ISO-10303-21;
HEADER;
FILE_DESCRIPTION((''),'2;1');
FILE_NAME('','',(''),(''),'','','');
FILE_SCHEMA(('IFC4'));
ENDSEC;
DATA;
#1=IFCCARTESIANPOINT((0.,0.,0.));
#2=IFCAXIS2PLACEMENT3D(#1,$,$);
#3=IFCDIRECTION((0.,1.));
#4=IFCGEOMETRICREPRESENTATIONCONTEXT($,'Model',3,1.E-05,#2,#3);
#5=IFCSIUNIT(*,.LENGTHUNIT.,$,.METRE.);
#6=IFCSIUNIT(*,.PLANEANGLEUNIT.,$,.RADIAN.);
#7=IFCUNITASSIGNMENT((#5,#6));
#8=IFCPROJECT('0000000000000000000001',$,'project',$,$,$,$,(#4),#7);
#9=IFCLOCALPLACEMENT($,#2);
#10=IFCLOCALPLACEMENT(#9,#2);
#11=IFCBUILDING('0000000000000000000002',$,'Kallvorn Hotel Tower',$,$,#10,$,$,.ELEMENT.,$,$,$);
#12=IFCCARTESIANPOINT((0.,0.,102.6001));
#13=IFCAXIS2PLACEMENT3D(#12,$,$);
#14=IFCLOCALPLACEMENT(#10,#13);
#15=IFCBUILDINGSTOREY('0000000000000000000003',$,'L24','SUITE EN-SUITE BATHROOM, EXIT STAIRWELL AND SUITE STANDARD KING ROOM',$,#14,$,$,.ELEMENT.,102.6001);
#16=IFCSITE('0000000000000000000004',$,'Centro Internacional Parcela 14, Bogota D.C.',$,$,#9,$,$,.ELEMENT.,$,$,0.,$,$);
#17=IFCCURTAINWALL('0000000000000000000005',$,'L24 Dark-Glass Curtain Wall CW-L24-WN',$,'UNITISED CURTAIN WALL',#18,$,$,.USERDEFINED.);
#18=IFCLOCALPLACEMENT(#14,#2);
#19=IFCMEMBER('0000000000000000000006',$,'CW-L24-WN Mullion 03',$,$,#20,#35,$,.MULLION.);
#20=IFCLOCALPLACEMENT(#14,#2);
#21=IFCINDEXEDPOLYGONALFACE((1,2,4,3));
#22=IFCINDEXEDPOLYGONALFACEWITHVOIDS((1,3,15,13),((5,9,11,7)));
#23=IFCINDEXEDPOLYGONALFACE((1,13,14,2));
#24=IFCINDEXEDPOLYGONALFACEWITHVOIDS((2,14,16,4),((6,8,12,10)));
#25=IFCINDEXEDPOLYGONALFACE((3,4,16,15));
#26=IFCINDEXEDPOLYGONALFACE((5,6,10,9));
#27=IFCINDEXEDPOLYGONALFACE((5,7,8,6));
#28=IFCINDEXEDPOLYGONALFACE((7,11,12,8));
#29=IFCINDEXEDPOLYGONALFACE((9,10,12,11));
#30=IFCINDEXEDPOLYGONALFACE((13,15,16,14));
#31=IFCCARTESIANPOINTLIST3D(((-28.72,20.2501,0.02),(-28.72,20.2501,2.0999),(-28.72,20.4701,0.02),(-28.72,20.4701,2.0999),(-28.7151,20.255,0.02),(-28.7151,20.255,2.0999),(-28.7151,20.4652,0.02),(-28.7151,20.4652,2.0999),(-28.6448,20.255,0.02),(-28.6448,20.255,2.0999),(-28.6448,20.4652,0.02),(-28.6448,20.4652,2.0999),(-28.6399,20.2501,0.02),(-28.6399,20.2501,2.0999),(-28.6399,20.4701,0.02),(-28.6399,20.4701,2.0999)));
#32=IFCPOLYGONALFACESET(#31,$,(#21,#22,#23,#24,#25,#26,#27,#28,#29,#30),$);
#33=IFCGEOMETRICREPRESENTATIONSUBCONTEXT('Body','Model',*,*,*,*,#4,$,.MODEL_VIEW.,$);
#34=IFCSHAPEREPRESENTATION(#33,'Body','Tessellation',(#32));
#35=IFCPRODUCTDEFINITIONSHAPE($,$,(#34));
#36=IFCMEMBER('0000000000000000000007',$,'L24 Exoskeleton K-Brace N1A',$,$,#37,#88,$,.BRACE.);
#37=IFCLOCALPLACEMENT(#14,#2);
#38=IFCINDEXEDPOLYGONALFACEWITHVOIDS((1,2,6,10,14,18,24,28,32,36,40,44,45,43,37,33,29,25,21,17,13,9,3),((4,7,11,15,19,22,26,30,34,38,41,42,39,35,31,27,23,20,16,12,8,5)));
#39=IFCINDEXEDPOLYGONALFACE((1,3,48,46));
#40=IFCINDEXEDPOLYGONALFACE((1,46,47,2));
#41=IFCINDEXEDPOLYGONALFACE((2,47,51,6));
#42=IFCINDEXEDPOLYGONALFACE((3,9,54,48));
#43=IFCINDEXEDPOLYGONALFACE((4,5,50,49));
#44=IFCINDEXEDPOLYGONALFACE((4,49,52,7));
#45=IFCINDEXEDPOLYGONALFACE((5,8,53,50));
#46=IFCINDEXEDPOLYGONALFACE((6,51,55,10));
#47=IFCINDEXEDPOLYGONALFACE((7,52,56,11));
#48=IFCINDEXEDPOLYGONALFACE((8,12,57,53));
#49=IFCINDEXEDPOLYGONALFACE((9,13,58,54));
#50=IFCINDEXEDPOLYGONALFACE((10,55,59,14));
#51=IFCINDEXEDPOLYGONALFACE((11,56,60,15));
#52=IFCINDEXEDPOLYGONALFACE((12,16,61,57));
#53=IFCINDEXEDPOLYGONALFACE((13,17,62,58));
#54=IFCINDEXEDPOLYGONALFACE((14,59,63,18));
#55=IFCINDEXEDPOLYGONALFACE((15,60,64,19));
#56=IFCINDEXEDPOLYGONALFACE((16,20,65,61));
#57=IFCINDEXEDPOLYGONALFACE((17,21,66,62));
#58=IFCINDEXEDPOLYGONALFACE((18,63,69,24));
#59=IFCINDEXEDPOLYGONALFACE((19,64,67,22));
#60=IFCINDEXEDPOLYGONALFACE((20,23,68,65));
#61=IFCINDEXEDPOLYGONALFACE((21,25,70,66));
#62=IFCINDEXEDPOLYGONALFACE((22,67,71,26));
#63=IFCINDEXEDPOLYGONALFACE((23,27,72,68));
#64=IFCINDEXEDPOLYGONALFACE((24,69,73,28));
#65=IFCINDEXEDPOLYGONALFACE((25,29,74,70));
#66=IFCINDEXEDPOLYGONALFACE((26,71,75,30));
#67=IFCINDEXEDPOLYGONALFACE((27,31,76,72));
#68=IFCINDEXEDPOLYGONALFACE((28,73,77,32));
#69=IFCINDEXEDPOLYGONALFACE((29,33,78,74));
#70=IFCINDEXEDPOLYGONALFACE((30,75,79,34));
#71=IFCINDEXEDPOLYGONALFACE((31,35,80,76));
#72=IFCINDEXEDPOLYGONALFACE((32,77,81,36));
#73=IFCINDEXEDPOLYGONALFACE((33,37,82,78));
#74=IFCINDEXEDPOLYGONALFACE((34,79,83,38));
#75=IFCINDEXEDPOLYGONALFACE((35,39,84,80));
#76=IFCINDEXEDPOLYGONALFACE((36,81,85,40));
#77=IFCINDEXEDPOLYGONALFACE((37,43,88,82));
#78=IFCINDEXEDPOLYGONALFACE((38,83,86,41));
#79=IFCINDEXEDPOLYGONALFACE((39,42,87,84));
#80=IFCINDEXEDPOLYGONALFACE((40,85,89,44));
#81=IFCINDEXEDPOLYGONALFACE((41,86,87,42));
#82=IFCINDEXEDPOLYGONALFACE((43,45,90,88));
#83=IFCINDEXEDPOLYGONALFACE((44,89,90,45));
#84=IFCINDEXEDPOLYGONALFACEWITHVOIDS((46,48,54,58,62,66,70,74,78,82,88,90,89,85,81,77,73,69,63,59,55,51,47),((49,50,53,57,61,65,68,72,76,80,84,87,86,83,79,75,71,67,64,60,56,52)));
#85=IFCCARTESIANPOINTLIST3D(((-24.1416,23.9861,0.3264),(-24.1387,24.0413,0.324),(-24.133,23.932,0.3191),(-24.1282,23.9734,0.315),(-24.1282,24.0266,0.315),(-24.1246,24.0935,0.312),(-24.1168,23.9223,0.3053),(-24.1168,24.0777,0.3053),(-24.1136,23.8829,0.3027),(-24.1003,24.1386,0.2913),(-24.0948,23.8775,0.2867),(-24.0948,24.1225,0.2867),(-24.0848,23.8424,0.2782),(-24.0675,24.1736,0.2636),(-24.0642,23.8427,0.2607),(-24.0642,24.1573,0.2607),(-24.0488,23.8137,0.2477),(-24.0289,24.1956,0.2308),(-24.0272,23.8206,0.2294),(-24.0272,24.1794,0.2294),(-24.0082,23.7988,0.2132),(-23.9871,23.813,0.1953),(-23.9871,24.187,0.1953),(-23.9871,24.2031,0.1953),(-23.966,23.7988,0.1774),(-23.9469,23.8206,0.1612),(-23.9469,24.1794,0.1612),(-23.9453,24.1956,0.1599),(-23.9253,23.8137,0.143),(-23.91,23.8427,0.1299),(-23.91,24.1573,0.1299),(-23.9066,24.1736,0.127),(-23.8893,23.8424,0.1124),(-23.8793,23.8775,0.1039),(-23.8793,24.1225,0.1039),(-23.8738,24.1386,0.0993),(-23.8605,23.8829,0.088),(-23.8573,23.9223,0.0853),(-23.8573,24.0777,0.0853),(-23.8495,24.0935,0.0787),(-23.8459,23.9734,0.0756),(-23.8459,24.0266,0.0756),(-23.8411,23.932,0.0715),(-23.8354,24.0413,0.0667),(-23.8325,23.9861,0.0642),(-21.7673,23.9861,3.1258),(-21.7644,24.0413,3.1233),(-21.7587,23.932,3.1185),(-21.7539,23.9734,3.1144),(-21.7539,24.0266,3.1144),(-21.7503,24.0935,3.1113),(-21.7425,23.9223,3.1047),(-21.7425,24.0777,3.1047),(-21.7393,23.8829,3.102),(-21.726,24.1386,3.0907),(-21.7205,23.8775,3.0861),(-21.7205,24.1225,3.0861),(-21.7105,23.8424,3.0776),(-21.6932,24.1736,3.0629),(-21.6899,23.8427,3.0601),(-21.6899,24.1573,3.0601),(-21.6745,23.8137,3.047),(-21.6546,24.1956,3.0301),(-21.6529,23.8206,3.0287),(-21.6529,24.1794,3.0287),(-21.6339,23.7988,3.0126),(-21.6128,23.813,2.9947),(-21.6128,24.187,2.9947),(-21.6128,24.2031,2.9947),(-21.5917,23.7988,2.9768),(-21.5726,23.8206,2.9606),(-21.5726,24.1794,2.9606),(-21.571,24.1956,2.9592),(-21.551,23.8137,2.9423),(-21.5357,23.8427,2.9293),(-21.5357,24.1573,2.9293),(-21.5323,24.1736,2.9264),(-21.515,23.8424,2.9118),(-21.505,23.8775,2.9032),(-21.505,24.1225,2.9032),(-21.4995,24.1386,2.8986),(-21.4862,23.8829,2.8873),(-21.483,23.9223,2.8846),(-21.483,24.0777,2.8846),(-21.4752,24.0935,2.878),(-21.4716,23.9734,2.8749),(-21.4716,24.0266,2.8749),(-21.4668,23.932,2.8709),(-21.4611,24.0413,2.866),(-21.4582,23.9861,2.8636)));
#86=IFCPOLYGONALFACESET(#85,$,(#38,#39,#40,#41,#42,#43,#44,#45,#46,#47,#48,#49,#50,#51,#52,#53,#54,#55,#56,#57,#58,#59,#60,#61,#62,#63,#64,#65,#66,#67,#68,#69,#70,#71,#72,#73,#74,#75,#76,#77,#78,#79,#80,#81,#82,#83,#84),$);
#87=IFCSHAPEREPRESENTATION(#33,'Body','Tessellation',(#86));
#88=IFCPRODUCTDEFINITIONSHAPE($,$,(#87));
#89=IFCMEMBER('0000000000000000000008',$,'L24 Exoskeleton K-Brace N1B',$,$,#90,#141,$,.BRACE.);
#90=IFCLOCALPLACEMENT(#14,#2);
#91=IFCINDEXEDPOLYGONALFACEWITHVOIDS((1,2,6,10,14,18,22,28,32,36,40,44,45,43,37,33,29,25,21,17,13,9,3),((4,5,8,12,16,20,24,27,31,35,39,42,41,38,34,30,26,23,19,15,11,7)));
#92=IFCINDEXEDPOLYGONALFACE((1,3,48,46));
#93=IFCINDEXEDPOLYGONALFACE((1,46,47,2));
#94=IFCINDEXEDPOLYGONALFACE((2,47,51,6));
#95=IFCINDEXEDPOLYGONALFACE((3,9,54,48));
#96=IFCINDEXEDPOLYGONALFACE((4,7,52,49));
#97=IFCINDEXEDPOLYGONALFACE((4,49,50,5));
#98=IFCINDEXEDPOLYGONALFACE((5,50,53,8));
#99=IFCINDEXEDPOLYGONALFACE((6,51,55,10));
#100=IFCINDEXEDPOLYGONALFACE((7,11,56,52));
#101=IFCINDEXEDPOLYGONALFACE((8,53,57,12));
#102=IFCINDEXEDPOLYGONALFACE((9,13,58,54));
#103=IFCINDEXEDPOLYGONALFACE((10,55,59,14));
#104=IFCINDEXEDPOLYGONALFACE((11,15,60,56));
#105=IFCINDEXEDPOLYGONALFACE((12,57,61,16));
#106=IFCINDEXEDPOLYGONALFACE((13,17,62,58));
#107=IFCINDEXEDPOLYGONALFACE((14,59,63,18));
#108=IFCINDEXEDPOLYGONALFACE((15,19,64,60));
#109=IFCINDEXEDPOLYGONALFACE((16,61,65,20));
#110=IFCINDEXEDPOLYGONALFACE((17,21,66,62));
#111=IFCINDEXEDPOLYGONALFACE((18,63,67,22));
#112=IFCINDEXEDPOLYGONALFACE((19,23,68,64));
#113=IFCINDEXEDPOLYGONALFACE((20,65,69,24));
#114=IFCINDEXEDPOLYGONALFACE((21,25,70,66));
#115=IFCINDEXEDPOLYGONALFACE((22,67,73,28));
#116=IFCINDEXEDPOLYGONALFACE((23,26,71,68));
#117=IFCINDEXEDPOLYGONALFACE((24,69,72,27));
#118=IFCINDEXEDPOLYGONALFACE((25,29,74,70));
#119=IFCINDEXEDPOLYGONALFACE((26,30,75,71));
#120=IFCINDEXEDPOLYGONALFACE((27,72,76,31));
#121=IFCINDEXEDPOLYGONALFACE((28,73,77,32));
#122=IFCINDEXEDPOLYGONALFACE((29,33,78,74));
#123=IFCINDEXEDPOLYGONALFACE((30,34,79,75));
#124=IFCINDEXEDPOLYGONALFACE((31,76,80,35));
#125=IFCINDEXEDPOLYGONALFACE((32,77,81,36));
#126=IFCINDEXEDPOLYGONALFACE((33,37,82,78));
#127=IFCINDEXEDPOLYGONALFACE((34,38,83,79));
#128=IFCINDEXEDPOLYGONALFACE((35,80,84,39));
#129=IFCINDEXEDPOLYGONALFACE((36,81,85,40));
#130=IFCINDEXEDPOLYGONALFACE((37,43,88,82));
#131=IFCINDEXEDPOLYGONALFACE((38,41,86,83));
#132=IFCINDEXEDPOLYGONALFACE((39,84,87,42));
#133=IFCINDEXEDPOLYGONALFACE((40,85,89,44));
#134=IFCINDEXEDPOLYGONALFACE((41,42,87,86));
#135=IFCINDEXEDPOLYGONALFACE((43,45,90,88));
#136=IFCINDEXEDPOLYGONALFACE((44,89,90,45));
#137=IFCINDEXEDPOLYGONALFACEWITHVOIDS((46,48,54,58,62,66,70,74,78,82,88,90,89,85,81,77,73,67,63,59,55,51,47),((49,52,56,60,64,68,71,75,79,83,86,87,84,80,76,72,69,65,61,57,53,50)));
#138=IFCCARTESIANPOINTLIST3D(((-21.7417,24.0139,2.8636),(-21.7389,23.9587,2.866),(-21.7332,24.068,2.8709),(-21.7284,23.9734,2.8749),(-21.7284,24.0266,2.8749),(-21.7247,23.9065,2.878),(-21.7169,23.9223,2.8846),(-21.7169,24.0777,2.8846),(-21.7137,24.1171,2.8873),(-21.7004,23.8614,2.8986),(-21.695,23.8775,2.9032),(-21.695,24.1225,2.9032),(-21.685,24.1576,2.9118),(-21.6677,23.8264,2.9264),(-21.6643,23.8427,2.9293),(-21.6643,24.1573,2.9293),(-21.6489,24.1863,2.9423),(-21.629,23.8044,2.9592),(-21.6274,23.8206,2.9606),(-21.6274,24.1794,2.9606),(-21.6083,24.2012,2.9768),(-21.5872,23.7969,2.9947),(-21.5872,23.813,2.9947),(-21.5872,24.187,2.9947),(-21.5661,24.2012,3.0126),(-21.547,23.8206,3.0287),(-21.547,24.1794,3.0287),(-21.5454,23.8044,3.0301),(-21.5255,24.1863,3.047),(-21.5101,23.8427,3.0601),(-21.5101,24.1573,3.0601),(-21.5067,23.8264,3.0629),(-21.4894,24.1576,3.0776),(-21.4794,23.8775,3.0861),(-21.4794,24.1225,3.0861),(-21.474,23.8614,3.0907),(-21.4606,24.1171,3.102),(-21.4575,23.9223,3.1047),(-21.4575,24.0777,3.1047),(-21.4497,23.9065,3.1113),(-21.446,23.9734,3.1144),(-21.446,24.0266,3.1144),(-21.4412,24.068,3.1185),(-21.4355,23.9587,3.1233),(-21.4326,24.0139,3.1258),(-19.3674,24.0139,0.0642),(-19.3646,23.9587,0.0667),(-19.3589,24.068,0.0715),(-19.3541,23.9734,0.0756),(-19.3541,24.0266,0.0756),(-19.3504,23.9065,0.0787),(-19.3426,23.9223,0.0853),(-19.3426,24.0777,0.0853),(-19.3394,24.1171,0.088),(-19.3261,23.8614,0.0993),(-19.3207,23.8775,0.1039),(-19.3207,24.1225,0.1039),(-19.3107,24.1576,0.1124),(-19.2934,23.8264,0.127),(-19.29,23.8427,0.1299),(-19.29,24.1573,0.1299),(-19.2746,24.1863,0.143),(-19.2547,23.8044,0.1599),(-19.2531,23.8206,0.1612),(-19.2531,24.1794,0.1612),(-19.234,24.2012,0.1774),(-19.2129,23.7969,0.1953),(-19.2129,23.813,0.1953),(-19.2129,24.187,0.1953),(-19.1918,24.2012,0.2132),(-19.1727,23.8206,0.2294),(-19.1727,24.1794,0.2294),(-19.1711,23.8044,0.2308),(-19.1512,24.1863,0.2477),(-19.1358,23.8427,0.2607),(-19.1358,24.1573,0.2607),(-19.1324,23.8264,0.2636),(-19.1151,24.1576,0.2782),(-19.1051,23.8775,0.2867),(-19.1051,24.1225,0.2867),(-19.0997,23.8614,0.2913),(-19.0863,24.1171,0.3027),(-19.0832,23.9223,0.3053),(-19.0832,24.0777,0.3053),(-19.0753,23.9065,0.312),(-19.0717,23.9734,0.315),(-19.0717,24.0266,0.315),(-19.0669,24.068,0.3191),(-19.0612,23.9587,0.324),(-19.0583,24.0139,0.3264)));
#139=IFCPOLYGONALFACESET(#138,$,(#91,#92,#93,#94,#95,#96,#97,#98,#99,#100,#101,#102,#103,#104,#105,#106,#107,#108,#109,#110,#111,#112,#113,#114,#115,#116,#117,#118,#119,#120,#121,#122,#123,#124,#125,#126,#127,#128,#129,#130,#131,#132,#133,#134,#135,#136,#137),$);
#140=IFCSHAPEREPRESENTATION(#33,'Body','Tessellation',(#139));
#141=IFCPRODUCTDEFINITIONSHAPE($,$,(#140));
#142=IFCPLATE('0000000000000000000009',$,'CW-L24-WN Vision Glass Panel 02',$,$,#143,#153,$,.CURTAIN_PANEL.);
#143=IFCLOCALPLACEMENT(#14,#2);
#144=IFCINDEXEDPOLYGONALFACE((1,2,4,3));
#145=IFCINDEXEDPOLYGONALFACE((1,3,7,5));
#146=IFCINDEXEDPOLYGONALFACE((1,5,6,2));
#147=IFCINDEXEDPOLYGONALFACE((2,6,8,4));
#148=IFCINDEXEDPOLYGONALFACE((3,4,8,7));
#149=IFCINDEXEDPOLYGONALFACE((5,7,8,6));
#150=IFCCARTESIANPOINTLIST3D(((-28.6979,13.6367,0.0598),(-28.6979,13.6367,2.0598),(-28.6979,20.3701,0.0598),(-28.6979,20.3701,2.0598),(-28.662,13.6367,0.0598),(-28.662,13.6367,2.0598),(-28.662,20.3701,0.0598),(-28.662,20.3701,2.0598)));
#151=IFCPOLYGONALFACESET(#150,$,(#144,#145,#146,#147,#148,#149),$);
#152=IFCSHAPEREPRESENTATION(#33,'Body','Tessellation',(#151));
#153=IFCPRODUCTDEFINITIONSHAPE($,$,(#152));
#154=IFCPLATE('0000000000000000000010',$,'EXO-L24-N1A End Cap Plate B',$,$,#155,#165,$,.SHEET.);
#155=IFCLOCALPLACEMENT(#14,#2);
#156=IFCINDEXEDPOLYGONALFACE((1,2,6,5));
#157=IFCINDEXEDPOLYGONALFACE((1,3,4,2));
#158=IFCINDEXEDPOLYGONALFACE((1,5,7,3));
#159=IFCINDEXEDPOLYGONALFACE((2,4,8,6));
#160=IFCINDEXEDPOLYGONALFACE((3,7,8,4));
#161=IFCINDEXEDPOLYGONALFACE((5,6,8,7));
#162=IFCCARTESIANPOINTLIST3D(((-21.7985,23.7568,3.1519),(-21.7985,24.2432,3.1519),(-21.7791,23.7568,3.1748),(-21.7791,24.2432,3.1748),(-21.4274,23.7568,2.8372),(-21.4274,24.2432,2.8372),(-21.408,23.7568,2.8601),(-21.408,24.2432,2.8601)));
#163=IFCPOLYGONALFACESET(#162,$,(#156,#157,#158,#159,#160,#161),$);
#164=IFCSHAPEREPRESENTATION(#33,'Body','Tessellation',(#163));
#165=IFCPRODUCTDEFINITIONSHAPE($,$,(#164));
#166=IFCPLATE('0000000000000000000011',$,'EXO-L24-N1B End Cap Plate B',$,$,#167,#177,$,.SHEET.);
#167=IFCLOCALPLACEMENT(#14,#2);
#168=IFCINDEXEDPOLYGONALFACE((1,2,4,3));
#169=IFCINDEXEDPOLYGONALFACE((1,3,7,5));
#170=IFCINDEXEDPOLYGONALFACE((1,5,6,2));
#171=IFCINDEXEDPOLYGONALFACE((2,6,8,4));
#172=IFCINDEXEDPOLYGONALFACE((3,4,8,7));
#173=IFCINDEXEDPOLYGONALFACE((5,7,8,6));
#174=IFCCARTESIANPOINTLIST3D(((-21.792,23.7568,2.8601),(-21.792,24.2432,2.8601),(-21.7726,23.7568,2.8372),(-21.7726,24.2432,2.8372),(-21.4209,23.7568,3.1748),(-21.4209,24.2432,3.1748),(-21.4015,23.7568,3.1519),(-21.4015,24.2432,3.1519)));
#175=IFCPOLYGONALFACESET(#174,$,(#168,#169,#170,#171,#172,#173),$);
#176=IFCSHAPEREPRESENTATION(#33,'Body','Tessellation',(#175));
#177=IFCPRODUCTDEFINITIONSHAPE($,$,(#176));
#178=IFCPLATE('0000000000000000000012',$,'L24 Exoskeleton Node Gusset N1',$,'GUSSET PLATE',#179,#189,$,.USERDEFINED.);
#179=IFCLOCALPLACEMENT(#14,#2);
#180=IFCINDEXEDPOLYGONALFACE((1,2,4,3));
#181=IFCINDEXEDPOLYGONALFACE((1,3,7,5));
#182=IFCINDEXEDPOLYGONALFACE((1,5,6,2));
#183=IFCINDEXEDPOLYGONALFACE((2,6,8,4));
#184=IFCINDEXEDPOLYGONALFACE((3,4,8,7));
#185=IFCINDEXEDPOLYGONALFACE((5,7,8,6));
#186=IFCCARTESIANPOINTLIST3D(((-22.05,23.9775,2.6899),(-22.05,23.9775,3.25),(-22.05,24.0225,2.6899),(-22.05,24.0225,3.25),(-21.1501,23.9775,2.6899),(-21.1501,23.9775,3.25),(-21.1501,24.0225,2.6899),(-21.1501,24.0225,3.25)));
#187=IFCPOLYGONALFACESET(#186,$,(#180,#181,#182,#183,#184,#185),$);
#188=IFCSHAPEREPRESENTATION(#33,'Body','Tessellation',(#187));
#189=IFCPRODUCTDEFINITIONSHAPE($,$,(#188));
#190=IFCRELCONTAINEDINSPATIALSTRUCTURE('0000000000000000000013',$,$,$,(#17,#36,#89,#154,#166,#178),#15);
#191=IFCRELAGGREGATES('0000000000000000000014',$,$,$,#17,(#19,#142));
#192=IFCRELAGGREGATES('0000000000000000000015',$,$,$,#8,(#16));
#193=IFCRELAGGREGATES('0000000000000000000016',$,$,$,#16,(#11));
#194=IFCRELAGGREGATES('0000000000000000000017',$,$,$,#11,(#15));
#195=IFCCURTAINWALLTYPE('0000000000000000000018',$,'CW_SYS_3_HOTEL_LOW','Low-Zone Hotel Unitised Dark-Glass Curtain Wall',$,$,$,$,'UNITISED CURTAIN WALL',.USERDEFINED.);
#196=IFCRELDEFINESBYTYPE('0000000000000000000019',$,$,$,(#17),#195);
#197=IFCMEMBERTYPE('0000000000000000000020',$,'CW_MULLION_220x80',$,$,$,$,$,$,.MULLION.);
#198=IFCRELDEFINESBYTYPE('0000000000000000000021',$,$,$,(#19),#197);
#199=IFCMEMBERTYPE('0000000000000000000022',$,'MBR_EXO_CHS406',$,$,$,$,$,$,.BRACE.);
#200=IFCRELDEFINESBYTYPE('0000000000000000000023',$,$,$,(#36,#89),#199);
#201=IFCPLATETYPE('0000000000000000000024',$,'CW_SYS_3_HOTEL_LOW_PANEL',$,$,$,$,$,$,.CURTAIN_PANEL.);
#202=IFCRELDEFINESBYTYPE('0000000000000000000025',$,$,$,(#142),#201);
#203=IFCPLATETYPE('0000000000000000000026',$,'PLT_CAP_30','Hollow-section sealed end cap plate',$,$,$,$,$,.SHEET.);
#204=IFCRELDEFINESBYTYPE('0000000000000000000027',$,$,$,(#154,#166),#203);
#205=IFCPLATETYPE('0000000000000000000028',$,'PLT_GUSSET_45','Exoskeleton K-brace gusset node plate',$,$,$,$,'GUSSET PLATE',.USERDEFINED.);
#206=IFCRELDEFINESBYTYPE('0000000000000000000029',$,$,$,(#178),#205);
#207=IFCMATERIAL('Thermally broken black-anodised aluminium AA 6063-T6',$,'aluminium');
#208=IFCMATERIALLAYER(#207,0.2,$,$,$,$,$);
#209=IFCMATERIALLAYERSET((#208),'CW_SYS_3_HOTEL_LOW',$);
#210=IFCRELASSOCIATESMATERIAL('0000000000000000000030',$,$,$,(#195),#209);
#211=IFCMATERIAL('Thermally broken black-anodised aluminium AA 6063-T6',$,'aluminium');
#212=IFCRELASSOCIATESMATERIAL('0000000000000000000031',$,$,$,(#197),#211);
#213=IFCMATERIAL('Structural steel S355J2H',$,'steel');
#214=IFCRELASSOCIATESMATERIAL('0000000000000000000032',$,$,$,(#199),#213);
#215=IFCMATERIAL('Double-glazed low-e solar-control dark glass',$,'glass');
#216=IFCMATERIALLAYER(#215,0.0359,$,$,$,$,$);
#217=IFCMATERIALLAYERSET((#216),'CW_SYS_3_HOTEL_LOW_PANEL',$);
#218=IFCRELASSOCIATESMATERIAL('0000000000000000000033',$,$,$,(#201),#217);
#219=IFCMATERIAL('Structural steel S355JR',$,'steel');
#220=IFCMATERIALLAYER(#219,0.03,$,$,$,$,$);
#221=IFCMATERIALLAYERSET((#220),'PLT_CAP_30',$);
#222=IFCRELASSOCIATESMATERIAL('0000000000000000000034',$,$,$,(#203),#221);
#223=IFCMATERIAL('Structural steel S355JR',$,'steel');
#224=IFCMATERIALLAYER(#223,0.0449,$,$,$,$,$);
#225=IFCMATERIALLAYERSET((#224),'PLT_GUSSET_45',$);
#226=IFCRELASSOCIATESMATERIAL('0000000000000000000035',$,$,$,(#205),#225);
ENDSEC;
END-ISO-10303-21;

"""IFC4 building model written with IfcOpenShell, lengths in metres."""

from ifc_helpers import new_model, si_unit, direction, frame, origin, origin_2d, place, context, subcontext, project, spatial, polyline, rectangle, hollow_rectangle, hollow_circle, outline, extrude, material, layer, layer_set, material_profile, profile_set, type_object, element, aggregate, save


model = new_model("IFC4")

# Units and contexts
model_context = context("Model", 3, precision=1e-05, world=origin(), true_north=direction((0.0, 1.0)))
body_context = subcontext(model_context, "Body", "Model", "MODEL_VIEW")
ifc_project = project(units=[si_unit("LENGTHUNIT", "METRE"), si_unit("PLANEANGLEUNIT", "RADIAN")], contexts=[model_context])

# Site, building, storey
site_placement = place(None, origin())
site = spatial("IfcSite", under=ifc_project, at=site_placement, Name="Centro Internacional Parcela 14, Bogota D.C.", CompositionType="ELEMENT", RefElevation=0.0)
building_placement = place(site_placement, origin())
building = spatial("IfcBuilding", under=site, at=building_placement, Name="Kallvorn Hotel Tower", CompositionType="ELEMENT")
storey_placement = place(building_placement, frame((0.0, 0.0, 102.6001)))
storey = spatial("IfcBuildingStorey", under=building, at=storey_placement, Name="L24", Description="SUITE EN-SUITE BATHROOM, EXIT STAIRWELL AND SUITE STANDARD KING ROOM", CompositionType="ELEMENT", Elevation=102.6001)

# Curtain wall, member
ifc_material_1 = material(Name="Thermally broken black-anodised aluminium AA 6063-T6", Category="aluminium")
ifc_layer_1 = layer(ifc_material_1, 0.2)
ifc_layer_set_1 = layer_set([ifc_layer_1], Name="CW_SYS_3_HOTEL_LOW")
curtain_wall_type = type_object("IfcCurtainWallType", Name="CW_SYS_3_HOTEL_LOW", Description="Low-Zone Hotel Unitised Dark-Glass Curtain Wall", ElementType="UNITISED CURTAIN WALL", PredefinedType="USERDEFINED", material=ifc_layer_set_1)
curtain_wall_placement = place(storey_placement, origin())
curtain_wall = element("IfcCurtainWall", 1, at=curtain_wall_placement, inside=storey, type_object=curtain_wall_type, Name="L24 Dark-Glass Curtain Wall CW-L24-WN", ObjectType="UNITISED CURTAIN WALL", PredefinedType="USERDEFINED")
ifc_material_2 = material(Name="Thermally broken black-anodised aluminium AA 6063-T6", Category="aluminium")
ifc_material_profile_1 = material_profile(ifc_material_2, hollow_rectangle(XDim=0.0801, YDim=0.22, WallThickness=0.0049, at=origin_2d()), Name="MUL 220x80")
ifc_profile_set_1 = profile_set([ifc_material_profile_1], Name="Thermally broken black-anodised aluminium AA 6063-T6")
member_type_1 = type_object("IfcMemberType", Name="CW_MULLION_220x80", PredefinedType="MULLION", material=ifc_profile_set_1)
member_placement = place(storey_placement, frame((-28.6799, 20.3601, 0.02), z_axis=(0.0, 0.0, 1.0), x_axis=(1.0, 0.0, 0.0)))
member = element("IfcMember", 2, at=member_placement, type_object=member_type_1, Name="CW-L24-WN Mullion 03", PredefinedType="MULLION", context=body_context, shape_type="SweptSolid", body=[
    extrude(hollow_rectangle(XDim=0.0801, YDim=0.22, WallThickness=0.0049, at=origin_2d()), origin(), (0.0, 0.0, 1.0), 2.0798),
])

# Members
ifc_material_3 = material(Name="Structural steel S355J2H", Category="steel")
ifc_material_profile_2 = material_profile(ifc_material_3, hollow_circle(Radius=0.2031, WallThickness=0.0161, at=origin_2d()), Name="CHS 406.4x16")
ifc_profile_set_2 = profile_set([ifc_material_profile_2], Name="Structural steel S355J2H")
member_type_2 = type_object("IfcMemberType", Name="MBR_EXO_CHS406", PredefinedType="BRACE", material=ifc_profile_set_2)
for number, where, z_axis, x_axis, name in (
    (3, (-23.9871, 24.0, 0.1953), (0.646833, 0.0, 0.762631), (0.0, 1.0, 0.0), "L24 Exoskeleton K-Brace N1A"),
    (4, (-19.2129, 24.0, 0.1953), (-0.646833, 0.0, 0.762631), (0.0, -1.0, 0.0), "L24 Exoskeleton K-Brace N1B"),
):
    element("IfcMember", number, at=place(storey_placement, frame(where, z_axis=z_axis, x_axis=x_axis)), inside=storey, type_object=member_type_2, Name=name, PredefinedType="BRACE", context=body_context, shape_type="SweptSolid", body=[
        extrude(hollow_circle(Radius=0.2031, WallThickness=0.0161, at=origin_2d()), origin(), (0.0, 0.0, 1.0), 3.6707),
    ])

# Plate
ifc_material_4 = material(Name="Double-glazed low-e solar-control dark glass", Category="glass")
ifc_layer_2 = layer(ifc_material_4, 0.0359)
ifc_layer_set_2 = layer_set([ifc_layer_2], Name="CW_SYS_3_HOTEL_LOW_PANEL")
plate_type_1 = type_object("IfcPlateType", Name="CW_SYS_3_HOTEL_LOW_PANEL", PredefinedType="CURTAIN_PANEL", material=ifc_layer_set_2)
plate_1_placement = place(storey_placement, frame((-28.6799, 17.0034, 0.0598), z_axis=(0.0, 0.0, 1.0), x_axis=(0.0, 1.0, 0.0)))
plate_1 = element("IfcPlate", 5, at=plate_1_placement, type_object=plate_type_1, Name="CW-L24-WN Vision Glass Panel 02", PredefinedType="CURTAIN_PANEL", context=body_context, shape_type="SweptSolid", body=[
    extrude(rectangle(XDim=6.7334, YDim=0.0359, at=origin_2d()), origin(), (0.0, 0.0, 1.0), 2.0),
])
aggregate(curtain_wall, [member, plate_1])

# Plates
ifc_material_5 = material(Name="Structural steel S355JR", Category="steel")
ifc_layer_3 = layer(ifc_material_5, 0.03)
ifc_layer_set_3 = layer_set([ifc_layer_3], Name="PLT_CAP_30")
plate_type_2 = type_object("IfcPlateType", Name="PLT_CAP_30", Description="Hollow-section sealed end cap plate", PredefinedType="SHEET", material=ifc_layer_set_3)
for number, where, z_axis, x_axis, name in (
    (6, (-21.408, 23.7568, 2.8601), (0.646774, 0.0, 0.762682), (0.0, 1.0, 0.0), "EXO-L24-N1A End Cap Plate B"),
    (7, (-21.792, 24.2432, 2.8601), (-0.646774, 0.0, 0.762682), (0.0, -1.0, 0.0), "EXO-L24-N1B End Cap Plate B"),
):
    element("IfcPlate", number, at=place(storey_placement, frame(where, z_axis=z_axis, x_axis=x_axis)), inside=storey, type_object=plate_type_2, Name=name, PredefinedType="SHEET", context=body_context, shape_type="SweptSolid", body=[
        extrude(outline(polyline([(0.0, 0.0), (0.4863, 0.0), (0.4863, 0.4866), (0.0, 0.4866), (0.0, 0.0)])), origin(), (0.0, 0.0, -1.0), 0.03),
    ])
ifc_material_6 = material(Name="Structural steel S355JR", Category="steel")
ifc_layer_4 = layer(ifc_material_6, 0.0449)
ifc_layer_set_4 = layer_set([ifc_layer_4], Name="PLT_GUSSET_45")
plate_type_3 = type_object("IfcPlateType", Name="PLT_GUSSET_45", Description="Exoskeleton K-brace gusset node plate", ElementType="GUSSET PLATE", PredefinedType="USERDEFINED", material=ifc_layer_set_4)
plate_2_placement = place(storey_placement, frame((-21.6001, 24.0, 2.6899), z_axis=(0.0, 0.0, 1.0), x_axis=(1.0, 0.0, 0.0)))
element("IfcPlate", 8, at=plate_2_placement, inside=storey, type_object=plate_type_3, Name="L24 Exoskeleton Node Gusset N1", ObjectType="GUSSET PLATE", PredefinedType="USERDEFINED", context=body_context, shape_type="SweptSolid", body=[
    extrude(rectangle(XDim=0.8999, YDim=0.0449, at=origin_2d()), origin(), (0.0, 0.0, 1.0), 0.5601),
])

save(model, "model.ifc")
